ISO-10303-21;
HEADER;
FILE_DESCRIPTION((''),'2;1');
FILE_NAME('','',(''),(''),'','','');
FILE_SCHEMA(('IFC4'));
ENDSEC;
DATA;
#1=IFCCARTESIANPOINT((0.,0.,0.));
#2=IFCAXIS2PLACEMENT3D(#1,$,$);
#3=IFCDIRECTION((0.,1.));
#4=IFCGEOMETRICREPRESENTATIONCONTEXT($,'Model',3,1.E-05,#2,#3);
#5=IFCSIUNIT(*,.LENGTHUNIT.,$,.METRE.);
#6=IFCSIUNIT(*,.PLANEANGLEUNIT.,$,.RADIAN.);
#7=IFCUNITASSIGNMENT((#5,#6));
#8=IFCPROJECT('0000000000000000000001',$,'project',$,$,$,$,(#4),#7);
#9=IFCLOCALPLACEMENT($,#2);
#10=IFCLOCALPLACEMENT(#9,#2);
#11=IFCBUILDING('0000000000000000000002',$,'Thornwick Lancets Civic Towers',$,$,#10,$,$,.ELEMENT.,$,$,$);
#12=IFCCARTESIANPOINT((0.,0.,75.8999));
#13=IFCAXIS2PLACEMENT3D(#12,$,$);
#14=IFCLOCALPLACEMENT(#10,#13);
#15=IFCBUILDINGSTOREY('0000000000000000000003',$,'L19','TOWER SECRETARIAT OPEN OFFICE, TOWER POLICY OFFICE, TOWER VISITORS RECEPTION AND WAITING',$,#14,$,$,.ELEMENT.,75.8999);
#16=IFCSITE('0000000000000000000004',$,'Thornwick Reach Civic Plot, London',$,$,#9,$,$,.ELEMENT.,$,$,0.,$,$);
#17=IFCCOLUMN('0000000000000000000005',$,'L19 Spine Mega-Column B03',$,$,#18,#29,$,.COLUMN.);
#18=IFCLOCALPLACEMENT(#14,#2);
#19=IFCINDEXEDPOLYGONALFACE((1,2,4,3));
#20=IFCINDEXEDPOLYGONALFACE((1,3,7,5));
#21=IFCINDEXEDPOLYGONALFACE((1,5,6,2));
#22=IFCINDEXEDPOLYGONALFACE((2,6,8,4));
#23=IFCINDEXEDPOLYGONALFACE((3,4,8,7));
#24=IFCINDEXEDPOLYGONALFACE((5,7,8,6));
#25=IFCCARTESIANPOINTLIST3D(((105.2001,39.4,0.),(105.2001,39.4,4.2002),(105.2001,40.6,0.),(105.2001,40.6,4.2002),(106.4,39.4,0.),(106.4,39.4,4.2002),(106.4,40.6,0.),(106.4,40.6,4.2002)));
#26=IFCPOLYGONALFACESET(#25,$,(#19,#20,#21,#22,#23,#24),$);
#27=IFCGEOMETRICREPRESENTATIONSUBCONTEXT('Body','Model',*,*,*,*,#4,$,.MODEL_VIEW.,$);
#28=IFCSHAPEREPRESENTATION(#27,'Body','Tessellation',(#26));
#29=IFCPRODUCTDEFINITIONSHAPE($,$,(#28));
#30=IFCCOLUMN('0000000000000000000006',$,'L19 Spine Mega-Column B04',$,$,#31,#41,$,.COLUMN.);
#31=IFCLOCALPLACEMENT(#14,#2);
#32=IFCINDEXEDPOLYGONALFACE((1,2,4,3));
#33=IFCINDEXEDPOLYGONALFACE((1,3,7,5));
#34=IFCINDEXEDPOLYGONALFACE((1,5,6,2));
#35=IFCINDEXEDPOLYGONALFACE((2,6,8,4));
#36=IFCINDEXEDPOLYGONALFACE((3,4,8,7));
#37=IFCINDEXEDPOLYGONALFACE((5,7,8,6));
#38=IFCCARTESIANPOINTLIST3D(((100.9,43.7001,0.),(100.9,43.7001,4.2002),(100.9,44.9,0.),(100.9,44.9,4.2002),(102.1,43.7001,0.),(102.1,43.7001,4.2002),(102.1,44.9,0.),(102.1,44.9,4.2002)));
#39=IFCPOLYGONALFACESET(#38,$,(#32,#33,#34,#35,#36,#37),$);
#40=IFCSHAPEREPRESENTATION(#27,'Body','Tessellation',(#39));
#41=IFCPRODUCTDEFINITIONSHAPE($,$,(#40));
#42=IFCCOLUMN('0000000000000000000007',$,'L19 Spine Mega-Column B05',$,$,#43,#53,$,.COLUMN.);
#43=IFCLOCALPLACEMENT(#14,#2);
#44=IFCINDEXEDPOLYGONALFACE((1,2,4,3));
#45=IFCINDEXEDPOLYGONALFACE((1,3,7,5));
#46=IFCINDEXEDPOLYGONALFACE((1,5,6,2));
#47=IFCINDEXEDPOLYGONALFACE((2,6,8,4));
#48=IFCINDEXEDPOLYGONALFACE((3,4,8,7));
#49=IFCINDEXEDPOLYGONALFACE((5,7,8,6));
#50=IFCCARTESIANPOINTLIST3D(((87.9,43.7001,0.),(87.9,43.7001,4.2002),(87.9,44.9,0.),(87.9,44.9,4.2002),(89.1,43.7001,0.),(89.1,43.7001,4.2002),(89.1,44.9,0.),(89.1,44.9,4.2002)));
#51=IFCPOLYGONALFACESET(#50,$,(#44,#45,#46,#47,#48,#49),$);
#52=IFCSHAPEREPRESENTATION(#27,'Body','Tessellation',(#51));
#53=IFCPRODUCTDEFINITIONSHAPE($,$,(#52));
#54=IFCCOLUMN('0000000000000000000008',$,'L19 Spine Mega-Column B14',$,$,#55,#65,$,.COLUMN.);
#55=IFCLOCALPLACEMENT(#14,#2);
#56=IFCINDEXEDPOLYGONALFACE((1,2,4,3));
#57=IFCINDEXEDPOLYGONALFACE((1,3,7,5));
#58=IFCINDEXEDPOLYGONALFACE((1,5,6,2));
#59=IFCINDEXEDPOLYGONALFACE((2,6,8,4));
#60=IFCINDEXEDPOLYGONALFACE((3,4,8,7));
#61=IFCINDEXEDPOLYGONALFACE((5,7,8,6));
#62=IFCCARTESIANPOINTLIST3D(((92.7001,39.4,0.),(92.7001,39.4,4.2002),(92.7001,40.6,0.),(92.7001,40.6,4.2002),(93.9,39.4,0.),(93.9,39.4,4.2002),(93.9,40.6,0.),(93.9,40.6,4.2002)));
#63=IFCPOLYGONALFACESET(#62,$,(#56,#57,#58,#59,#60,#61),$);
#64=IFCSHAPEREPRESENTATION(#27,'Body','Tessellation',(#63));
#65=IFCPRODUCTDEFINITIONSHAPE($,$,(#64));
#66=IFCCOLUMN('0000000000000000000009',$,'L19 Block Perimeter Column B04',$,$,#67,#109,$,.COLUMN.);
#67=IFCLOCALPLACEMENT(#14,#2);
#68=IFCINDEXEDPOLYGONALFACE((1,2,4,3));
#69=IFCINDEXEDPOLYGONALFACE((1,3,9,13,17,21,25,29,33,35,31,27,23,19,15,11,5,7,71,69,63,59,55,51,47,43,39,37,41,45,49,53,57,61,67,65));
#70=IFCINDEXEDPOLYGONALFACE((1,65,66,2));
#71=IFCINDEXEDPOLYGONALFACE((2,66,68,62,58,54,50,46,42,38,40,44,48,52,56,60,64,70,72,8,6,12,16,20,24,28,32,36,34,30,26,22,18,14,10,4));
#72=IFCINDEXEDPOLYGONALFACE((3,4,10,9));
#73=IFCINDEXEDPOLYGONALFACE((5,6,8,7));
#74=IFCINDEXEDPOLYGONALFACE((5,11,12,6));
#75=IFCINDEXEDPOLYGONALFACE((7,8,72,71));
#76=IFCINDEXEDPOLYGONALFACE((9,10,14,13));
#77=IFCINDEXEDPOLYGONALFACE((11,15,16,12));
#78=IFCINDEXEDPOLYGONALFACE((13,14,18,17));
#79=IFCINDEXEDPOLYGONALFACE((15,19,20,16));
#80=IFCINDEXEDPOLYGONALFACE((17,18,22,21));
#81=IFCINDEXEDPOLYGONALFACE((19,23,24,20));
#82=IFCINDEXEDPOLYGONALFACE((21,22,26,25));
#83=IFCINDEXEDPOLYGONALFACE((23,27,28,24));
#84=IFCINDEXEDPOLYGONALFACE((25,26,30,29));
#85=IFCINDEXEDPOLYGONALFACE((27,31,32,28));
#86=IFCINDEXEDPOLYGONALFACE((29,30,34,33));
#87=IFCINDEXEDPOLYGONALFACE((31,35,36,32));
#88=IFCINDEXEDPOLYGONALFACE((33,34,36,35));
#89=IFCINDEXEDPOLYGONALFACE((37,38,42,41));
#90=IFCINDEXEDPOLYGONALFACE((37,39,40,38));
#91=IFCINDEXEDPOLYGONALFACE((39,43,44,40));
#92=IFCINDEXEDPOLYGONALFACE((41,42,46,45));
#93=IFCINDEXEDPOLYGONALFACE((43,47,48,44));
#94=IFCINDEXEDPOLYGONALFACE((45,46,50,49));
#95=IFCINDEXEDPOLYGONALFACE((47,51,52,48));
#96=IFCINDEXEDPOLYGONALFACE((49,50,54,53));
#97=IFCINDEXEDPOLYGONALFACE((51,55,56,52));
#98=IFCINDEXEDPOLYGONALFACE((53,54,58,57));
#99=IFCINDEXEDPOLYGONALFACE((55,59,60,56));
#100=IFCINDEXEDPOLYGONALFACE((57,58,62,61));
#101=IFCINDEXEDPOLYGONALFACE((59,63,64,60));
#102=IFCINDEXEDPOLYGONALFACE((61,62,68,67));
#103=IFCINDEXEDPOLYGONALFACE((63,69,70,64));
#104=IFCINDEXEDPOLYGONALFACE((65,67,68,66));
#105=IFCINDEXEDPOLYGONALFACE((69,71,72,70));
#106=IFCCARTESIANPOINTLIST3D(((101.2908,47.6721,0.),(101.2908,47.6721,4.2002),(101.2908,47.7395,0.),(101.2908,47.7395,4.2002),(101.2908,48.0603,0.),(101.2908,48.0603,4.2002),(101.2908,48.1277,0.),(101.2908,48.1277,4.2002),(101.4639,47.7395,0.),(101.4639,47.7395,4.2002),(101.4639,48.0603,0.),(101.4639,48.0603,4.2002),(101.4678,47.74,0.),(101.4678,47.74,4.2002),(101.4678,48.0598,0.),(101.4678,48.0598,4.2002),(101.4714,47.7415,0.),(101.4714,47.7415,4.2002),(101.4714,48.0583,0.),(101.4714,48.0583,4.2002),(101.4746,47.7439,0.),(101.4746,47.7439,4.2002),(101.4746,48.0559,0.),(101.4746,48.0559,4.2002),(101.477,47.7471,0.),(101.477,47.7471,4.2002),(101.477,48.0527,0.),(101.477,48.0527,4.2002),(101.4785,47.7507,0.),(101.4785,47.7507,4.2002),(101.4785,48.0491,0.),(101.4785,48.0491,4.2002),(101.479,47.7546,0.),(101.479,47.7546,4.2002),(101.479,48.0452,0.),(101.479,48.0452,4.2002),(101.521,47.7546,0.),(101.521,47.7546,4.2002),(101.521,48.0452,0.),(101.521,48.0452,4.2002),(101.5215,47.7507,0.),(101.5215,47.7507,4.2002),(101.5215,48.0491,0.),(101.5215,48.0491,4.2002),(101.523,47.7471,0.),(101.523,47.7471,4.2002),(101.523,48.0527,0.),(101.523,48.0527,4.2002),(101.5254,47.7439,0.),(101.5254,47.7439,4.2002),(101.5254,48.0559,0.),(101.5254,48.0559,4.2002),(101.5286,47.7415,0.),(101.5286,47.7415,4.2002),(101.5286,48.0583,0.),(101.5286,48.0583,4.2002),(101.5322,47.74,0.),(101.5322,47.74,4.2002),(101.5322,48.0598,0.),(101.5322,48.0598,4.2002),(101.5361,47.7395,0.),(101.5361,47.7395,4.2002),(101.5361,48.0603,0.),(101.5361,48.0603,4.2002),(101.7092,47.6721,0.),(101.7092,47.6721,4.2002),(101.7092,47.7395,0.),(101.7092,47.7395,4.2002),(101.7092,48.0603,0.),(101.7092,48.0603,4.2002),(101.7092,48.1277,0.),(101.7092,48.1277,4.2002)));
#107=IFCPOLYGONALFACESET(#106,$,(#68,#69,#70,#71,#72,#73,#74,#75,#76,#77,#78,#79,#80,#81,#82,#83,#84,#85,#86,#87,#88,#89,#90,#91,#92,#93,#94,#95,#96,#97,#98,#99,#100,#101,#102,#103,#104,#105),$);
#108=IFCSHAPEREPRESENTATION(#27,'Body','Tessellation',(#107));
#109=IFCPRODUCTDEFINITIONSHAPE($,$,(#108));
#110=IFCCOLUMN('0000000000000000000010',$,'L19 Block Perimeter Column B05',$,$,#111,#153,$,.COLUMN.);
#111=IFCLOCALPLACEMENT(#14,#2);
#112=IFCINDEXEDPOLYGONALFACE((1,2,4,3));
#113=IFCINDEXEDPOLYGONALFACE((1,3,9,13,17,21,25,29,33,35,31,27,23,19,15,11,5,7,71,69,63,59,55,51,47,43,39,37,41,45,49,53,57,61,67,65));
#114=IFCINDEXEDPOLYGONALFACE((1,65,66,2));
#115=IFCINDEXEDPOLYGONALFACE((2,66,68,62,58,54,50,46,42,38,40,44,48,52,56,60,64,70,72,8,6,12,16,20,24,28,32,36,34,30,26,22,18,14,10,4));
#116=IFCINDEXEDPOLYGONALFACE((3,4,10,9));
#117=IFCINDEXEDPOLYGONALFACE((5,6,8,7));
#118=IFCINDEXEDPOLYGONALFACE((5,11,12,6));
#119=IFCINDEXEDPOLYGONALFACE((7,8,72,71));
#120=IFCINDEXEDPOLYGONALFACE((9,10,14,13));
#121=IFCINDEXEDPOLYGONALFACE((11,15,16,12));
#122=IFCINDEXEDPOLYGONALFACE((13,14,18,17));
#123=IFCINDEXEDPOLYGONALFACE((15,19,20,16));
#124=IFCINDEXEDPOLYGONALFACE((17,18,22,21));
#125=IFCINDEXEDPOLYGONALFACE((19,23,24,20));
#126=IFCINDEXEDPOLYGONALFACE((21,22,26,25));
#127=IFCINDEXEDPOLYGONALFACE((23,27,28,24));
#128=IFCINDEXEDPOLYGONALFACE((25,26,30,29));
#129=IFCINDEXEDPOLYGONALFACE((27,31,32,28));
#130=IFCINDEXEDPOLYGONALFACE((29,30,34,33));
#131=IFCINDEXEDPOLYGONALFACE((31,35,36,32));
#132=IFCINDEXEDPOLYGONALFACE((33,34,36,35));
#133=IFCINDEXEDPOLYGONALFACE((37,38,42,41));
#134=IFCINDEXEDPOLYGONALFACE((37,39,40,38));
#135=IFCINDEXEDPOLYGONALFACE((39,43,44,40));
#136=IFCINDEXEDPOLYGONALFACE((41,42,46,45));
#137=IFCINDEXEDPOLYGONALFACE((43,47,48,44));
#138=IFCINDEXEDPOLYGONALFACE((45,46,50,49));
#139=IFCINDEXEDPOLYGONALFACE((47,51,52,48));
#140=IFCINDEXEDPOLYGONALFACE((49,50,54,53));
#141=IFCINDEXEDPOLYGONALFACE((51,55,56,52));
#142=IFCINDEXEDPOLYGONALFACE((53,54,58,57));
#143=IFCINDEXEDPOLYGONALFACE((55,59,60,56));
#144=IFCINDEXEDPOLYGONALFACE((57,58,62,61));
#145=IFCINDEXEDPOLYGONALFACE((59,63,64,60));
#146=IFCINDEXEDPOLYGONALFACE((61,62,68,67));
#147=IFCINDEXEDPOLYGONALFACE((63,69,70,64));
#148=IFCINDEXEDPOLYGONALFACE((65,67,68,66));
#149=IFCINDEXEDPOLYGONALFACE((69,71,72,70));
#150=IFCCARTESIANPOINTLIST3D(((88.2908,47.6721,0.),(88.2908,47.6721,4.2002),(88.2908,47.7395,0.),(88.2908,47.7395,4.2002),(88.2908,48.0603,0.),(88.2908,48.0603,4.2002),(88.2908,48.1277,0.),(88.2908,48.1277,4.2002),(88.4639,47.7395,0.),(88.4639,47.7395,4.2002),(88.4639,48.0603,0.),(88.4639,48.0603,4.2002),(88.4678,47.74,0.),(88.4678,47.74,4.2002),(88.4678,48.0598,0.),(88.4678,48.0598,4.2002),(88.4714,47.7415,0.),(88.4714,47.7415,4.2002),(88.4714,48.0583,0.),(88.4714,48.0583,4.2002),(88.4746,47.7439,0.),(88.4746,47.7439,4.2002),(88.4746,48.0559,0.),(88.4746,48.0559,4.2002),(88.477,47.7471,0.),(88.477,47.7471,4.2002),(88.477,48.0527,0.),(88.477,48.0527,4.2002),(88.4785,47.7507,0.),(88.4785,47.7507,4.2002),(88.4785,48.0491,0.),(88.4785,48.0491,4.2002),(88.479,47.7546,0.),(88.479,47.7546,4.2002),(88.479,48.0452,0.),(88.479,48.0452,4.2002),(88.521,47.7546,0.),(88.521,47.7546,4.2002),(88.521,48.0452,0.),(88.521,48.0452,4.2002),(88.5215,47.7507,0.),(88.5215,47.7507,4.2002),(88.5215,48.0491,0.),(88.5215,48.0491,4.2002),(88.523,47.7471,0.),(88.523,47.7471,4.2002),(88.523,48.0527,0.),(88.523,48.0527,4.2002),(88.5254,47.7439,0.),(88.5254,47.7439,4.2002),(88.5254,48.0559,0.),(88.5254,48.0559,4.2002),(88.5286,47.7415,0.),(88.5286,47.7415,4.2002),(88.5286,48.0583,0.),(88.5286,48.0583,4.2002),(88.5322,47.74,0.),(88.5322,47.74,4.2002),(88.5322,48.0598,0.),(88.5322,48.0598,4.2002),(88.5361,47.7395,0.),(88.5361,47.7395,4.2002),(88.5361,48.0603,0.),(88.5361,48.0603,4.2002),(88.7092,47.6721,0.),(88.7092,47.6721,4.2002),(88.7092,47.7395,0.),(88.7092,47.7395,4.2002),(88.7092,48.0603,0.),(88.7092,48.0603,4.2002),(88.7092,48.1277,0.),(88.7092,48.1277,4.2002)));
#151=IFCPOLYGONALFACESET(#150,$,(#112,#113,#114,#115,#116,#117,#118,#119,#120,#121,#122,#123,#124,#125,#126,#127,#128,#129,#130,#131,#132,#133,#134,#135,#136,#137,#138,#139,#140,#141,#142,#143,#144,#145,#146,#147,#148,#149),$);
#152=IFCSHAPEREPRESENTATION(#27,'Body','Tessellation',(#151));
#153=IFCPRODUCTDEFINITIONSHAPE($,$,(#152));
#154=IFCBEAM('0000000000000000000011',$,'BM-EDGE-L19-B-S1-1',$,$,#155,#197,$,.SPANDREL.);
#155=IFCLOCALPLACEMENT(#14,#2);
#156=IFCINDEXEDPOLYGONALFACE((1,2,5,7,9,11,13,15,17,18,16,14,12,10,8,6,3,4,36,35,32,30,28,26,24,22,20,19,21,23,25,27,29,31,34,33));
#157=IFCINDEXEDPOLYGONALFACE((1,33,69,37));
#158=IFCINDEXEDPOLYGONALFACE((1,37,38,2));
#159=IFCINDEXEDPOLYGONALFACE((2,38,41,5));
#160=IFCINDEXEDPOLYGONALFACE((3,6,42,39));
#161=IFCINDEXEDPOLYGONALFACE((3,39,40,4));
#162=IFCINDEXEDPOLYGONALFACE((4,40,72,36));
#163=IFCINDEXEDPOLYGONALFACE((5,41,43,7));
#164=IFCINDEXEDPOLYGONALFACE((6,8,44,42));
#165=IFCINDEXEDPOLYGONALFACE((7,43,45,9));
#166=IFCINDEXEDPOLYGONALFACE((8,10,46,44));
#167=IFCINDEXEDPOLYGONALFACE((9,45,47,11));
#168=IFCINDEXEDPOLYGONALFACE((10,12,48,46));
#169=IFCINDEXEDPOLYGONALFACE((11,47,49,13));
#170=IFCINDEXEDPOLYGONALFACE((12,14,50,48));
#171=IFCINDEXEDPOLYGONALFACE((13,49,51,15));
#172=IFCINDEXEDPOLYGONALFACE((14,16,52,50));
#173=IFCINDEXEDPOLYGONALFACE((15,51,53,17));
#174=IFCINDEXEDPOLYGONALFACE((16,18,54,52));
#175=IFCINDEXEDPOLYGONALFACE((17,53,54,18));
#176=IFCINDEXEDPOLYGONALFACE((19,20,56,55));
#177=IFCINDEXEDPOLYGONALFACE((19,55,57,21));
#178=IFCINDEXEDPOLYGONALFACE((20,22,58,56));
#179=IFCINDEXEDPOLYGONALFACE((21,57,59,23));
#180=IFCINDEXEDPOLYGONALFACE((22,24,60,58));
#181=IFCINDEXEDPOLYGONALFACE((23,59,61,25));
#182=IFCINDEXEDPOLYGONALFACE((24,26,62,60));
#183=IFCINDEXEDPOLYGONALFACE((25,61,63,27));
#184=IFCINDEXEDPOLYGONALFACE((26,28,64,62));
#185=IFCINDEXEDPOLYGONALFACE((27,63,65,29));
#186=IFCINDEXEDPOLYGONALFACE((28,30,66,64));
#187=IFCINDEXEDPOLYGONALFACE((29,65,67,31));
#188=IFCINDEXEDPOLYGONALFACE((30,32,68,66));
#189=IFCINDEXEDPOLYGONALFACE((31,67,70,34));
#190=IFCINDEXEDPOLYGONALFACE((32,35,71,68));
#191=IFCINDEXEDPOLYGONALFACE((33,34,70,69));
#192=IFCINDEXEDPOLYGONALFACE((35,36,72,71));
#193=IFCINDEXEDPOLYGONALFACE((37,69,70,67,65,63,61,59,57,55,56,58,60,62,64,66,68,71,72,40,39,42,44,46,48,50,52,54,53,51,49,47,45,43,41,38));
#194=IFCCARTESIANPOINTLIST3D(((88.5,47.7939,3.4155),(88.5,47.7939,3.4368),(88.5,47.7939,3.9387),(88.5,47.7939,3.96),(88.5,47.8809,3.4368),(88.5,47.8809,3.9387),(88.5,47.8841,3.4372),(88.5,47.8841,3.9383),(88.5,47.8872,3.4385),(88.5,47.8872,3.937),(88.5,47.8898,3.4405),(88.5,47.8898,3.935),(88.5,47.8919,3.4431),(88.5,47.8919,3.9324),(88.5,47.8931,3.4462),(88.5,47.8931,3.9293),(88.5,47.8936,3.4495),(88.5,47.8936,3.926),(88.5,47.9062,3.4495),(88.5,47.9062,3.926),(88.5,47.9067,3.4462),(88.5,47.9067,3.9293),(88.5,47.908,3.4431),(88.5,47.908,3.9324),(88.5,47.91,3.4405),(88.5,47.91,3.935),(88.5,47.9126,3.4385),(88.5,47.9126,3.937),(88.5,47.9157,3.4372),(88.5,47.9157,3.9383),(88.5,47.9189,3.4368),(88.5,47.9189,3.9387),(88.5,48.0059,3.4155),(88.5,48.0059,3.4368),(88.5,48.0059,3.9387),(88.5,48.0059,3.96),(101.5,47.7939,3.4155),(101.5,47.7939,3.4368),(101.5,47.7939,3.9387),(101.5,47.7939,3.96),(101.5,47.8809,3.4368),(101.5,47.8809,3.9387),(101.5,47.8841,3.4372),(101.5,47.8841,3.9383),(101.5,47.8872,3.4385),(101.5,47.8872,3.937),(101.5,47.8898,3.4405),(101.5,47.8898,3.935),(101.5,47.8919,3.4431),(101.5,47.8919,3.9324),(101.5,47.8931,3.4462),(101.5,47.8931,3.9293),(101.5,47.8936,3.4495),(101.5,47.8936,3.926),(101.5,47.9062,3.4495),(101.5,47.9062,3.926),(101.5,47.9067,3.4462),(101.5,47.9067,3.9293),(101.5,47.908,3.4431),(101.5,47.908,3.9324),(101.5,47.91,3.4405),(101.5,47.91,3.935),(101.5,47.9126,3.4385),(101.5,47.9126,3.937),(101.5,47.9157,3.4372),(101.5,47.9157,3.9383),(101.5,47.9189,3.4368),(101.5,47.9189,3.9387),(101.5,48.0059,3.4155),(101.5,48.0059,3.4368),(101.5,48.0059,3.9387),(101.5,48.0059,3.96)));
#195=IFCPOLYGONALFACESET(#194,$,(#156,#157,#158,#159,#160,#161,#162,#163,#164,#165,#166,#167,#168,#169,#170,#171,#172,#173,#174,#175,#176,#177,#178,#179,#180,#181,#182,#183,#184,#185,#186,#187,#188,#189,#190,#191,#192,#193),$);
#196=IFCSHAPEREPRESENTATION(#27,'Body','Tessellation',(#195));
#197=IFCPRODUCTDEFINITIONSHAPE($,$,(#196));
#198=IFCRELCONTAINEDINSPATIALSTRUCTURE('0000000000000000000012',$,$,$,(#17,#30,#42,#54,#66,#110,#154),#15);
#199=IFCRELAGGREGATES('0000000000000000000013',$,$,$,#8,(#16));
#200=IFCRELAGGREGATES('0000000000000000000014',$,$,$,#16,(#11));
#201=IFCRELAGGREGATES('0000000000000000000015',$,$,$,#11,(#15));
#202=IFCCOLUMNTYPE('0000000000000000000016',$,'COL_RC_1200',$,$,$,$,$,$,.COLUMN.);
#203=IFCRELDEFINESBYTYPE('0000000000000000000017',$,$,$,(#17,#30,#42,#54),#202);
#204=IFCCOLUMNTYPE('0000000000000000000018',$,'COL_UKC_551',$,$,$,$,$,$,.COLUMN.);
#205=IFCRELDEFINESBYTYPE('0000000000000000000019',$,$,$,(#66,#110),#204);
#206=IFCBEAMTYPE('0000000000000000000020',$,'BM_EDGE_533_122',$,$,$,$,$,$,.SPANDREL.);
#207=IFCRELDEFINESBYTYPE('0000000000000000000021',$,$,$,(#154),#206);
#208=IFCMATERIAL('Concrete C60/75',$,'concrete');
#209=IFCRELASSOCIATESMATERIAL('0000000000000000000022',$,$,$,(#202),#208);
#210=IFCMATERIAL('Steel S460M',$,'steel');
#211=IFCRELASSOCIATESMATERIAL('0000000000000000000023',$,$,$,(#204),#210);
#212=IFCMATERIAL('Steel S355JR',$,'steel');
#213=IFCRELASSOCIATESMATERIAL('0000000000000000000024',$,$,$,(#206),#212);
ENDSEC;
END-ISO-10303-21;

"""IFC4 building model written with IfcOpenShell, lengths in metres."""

from ifc_helpers import new_model, si_unit, direction, frame, origin, origin_2d, place, context, subcontext, project, spatial, rectangle, i_section, extrude, material, material_profile, profile_set, type_object, element, save


model = new_model("IFC4")

# Units and contexts
model_context = context("Model", 3, precision=1e-05, world=origin(), true_north=direction((0.0, 1.0)))
body_context = subcontext(model_context, "Body", "Model", "MODEL_VIEW")
ifc_project = project(units=[si_unit("LENGTHUNIT", "METRE"), si_unit("PLANEANGLEUNIT", "RADIAN")], contexts=[model_context])

# Site, building, storey
site_placement = place(None, origin())
site = spatial("IfcSite", under=ifc_project, at=site_placement, Name="Thornwick Reach Civic Plot, London", CompositionType="ELEMENT", RefElevation=0.0)
building_placement = place(site_placement, origin())
building = spatial("IfcBuilding", under=site, at=building_placement, Name="Thornwick Lancets Civic Towers", CompositionType="ELEMENT")
storey_placement = place(building_placement, frame((0.0, 0.0, 75.8999)))
storey = spatial("IfcBuildingStorey", under=building, at=storey_placement, Name="L19", Description="TOWER SECRETARIAT OPEN OFFICE, TOWER POLICY OFFICE, TOWER VISITORS RECEPTION AND WAITING", CompositionType="ELEMENT", Elevation=75.8999)

# Columns
ifc_material_1 = material(Name="Concrete C60/75", Category="concrete")
ifc_material_profile_1 = material_profile(ifc_material_1, rectangle(XDim=1.2, YDim=1.2, at=origin_2d()), Name="RC 1200x1200")
ifc_profile_set_1 = profile_set([ifc_material_profile_1], Name="Concrete C60/75")
column_type_1 = type_object("IfcColumnType", Name="COL_RC_1200", PredefinedType="COLUMN", material=ifc_profile_set_1)
for number, where, z_axis, x_axis, name in (
    (1, (105.8, 40.0, 0.0), (0.0, 0.0, 1.0), (1.0, 0.0, 0.0), "L19 Spine Mega-Column B03"),
    (2, (101.5, 44.3, 0.0), (0.0, 0.0, 1.0), (1.0, 0.0, 0.0), "L19 Spine Mega-Column B04"),
    (3, (88.5, 44.3, 0.0), (0.0, 0.0, 1.0), (1.0, 0.0, 0.0), "L19 Spine Mega-Column B05"),
    (4, (93.3, 40.0, 0.0), (0.0, 0.0, 1.0), (1.0, 0.0, 0.0), "L19 Spine Mega-Column B14"),
):
    element("IfcColumn", number, at=place(storey_placement, frame(where, z_axis=z_axis, x_axis=x_axis)), inside=storey, type_object=column_type_1, Name=name, PredefinedType="COLUMN", context=body_context, shape_type="SweptSolid", body=[
        extrude(rectangle(XDim=1.2, YDim=1.2, at=origin_2d()), origin(), (0.0, 0.0, 1.0), 4.2002),
    ])
ifc_material_2 = material(Name="Steel S460M", Category="steel")
ifc_material_profile_2 = material_profile(ifc_material_2, i_section(OverallWidth=0.4185, OverallDepth=0.4556, WebThickness=0.042, FlangeThickness=0.0674, FilletRadius=0.0151, at=origin_2d()), Name="UKC 356x406x551")
ifc_profile_set_2 = profile_set([ifc_material_profile_2], Name="Steel S460M")
column_type_2 = type_object("IfcColumnType", Name="COL_UKC_551", PredefinedType="COLUMN", material=ifc_profile_set_2)
for number, where, z_axis, x_axis, name in (
    (5, (101.5, 47.8999, 0.0), (0.0, 0.0, 1.0), (1.0, 0.0, 0.0), "L19 Block Perimeter Column B04"),
    (6, (88.5, 47.8999, 0.0), (0.0, 0.0, 1.0), (1.0, 0.0, 0.0), "L19 Block Perimeter Column B05"),
):
    element("IfcColumn", number, at=place(storey_placement, frame(where, z_axis=z_axis, x_axis=x_axis)), inside=storey, type_object=column_type_2, Name=name, PredefinedType="COLUMN", context=body_context, shape_type="SweptSolid", body=[
        extrude(i_section(OverallWidth=0.4185, OverallDepth=0.4556, WebThickness=0.042, FlangeThickness=0.0674, FilletRadius=0.0151, at=origin_2d()), origin(), (0.0, 0.0, 1.0), 4.2002),
    ])

# Beam
ifc_material_3 = material(Name="Steel S355JR", Category="steel")
ifc_material_profile_3 = material_profile(ifc_material_3, i_section(OverallWidth=0.2119, OverallDepth=0.5444, WebThickness=0.0127, FlangeThickness=0.0212, FilletRadius=0.0127, at=origin_2d()), Name="UKB 533x210x122")
ifc_profile_set_3 = profile_set([ifc_material_profile_3], Name="Steel S355JR")
beam_type_1 = type_object("IfcBeamType", Name="BM_EDGE_533_122", PredefinedType="SPANDREL", material=ifc_profile_set_3)
beam_1_placement = place(storey_placement, frame((101.5, 47.8999, 3.6877), z_axis=(-1.0, 0.0, 0.0), x_axis=(0.0, -1.0, 0.0)))
element("IfcBeam", 7, at=beam_1_placement, inside=storey, type_object=beam_type_1, Name="BM-EDGE-L19-B-S1-1", PredefinedType="SPANDREL", context=body_context, shape_type="SweptSolid", body=[
    extrude(i_section(OverallWidth=0.2119, OverallDepth=0.5444, WebThickness=0.0127, FlangeThickness=0.0212, FilletRadius=0.0127, at=origin_2d()), origin(), (0.0, 0.0, 1.0), 13.0),
])

save(model, "model.ifc")
